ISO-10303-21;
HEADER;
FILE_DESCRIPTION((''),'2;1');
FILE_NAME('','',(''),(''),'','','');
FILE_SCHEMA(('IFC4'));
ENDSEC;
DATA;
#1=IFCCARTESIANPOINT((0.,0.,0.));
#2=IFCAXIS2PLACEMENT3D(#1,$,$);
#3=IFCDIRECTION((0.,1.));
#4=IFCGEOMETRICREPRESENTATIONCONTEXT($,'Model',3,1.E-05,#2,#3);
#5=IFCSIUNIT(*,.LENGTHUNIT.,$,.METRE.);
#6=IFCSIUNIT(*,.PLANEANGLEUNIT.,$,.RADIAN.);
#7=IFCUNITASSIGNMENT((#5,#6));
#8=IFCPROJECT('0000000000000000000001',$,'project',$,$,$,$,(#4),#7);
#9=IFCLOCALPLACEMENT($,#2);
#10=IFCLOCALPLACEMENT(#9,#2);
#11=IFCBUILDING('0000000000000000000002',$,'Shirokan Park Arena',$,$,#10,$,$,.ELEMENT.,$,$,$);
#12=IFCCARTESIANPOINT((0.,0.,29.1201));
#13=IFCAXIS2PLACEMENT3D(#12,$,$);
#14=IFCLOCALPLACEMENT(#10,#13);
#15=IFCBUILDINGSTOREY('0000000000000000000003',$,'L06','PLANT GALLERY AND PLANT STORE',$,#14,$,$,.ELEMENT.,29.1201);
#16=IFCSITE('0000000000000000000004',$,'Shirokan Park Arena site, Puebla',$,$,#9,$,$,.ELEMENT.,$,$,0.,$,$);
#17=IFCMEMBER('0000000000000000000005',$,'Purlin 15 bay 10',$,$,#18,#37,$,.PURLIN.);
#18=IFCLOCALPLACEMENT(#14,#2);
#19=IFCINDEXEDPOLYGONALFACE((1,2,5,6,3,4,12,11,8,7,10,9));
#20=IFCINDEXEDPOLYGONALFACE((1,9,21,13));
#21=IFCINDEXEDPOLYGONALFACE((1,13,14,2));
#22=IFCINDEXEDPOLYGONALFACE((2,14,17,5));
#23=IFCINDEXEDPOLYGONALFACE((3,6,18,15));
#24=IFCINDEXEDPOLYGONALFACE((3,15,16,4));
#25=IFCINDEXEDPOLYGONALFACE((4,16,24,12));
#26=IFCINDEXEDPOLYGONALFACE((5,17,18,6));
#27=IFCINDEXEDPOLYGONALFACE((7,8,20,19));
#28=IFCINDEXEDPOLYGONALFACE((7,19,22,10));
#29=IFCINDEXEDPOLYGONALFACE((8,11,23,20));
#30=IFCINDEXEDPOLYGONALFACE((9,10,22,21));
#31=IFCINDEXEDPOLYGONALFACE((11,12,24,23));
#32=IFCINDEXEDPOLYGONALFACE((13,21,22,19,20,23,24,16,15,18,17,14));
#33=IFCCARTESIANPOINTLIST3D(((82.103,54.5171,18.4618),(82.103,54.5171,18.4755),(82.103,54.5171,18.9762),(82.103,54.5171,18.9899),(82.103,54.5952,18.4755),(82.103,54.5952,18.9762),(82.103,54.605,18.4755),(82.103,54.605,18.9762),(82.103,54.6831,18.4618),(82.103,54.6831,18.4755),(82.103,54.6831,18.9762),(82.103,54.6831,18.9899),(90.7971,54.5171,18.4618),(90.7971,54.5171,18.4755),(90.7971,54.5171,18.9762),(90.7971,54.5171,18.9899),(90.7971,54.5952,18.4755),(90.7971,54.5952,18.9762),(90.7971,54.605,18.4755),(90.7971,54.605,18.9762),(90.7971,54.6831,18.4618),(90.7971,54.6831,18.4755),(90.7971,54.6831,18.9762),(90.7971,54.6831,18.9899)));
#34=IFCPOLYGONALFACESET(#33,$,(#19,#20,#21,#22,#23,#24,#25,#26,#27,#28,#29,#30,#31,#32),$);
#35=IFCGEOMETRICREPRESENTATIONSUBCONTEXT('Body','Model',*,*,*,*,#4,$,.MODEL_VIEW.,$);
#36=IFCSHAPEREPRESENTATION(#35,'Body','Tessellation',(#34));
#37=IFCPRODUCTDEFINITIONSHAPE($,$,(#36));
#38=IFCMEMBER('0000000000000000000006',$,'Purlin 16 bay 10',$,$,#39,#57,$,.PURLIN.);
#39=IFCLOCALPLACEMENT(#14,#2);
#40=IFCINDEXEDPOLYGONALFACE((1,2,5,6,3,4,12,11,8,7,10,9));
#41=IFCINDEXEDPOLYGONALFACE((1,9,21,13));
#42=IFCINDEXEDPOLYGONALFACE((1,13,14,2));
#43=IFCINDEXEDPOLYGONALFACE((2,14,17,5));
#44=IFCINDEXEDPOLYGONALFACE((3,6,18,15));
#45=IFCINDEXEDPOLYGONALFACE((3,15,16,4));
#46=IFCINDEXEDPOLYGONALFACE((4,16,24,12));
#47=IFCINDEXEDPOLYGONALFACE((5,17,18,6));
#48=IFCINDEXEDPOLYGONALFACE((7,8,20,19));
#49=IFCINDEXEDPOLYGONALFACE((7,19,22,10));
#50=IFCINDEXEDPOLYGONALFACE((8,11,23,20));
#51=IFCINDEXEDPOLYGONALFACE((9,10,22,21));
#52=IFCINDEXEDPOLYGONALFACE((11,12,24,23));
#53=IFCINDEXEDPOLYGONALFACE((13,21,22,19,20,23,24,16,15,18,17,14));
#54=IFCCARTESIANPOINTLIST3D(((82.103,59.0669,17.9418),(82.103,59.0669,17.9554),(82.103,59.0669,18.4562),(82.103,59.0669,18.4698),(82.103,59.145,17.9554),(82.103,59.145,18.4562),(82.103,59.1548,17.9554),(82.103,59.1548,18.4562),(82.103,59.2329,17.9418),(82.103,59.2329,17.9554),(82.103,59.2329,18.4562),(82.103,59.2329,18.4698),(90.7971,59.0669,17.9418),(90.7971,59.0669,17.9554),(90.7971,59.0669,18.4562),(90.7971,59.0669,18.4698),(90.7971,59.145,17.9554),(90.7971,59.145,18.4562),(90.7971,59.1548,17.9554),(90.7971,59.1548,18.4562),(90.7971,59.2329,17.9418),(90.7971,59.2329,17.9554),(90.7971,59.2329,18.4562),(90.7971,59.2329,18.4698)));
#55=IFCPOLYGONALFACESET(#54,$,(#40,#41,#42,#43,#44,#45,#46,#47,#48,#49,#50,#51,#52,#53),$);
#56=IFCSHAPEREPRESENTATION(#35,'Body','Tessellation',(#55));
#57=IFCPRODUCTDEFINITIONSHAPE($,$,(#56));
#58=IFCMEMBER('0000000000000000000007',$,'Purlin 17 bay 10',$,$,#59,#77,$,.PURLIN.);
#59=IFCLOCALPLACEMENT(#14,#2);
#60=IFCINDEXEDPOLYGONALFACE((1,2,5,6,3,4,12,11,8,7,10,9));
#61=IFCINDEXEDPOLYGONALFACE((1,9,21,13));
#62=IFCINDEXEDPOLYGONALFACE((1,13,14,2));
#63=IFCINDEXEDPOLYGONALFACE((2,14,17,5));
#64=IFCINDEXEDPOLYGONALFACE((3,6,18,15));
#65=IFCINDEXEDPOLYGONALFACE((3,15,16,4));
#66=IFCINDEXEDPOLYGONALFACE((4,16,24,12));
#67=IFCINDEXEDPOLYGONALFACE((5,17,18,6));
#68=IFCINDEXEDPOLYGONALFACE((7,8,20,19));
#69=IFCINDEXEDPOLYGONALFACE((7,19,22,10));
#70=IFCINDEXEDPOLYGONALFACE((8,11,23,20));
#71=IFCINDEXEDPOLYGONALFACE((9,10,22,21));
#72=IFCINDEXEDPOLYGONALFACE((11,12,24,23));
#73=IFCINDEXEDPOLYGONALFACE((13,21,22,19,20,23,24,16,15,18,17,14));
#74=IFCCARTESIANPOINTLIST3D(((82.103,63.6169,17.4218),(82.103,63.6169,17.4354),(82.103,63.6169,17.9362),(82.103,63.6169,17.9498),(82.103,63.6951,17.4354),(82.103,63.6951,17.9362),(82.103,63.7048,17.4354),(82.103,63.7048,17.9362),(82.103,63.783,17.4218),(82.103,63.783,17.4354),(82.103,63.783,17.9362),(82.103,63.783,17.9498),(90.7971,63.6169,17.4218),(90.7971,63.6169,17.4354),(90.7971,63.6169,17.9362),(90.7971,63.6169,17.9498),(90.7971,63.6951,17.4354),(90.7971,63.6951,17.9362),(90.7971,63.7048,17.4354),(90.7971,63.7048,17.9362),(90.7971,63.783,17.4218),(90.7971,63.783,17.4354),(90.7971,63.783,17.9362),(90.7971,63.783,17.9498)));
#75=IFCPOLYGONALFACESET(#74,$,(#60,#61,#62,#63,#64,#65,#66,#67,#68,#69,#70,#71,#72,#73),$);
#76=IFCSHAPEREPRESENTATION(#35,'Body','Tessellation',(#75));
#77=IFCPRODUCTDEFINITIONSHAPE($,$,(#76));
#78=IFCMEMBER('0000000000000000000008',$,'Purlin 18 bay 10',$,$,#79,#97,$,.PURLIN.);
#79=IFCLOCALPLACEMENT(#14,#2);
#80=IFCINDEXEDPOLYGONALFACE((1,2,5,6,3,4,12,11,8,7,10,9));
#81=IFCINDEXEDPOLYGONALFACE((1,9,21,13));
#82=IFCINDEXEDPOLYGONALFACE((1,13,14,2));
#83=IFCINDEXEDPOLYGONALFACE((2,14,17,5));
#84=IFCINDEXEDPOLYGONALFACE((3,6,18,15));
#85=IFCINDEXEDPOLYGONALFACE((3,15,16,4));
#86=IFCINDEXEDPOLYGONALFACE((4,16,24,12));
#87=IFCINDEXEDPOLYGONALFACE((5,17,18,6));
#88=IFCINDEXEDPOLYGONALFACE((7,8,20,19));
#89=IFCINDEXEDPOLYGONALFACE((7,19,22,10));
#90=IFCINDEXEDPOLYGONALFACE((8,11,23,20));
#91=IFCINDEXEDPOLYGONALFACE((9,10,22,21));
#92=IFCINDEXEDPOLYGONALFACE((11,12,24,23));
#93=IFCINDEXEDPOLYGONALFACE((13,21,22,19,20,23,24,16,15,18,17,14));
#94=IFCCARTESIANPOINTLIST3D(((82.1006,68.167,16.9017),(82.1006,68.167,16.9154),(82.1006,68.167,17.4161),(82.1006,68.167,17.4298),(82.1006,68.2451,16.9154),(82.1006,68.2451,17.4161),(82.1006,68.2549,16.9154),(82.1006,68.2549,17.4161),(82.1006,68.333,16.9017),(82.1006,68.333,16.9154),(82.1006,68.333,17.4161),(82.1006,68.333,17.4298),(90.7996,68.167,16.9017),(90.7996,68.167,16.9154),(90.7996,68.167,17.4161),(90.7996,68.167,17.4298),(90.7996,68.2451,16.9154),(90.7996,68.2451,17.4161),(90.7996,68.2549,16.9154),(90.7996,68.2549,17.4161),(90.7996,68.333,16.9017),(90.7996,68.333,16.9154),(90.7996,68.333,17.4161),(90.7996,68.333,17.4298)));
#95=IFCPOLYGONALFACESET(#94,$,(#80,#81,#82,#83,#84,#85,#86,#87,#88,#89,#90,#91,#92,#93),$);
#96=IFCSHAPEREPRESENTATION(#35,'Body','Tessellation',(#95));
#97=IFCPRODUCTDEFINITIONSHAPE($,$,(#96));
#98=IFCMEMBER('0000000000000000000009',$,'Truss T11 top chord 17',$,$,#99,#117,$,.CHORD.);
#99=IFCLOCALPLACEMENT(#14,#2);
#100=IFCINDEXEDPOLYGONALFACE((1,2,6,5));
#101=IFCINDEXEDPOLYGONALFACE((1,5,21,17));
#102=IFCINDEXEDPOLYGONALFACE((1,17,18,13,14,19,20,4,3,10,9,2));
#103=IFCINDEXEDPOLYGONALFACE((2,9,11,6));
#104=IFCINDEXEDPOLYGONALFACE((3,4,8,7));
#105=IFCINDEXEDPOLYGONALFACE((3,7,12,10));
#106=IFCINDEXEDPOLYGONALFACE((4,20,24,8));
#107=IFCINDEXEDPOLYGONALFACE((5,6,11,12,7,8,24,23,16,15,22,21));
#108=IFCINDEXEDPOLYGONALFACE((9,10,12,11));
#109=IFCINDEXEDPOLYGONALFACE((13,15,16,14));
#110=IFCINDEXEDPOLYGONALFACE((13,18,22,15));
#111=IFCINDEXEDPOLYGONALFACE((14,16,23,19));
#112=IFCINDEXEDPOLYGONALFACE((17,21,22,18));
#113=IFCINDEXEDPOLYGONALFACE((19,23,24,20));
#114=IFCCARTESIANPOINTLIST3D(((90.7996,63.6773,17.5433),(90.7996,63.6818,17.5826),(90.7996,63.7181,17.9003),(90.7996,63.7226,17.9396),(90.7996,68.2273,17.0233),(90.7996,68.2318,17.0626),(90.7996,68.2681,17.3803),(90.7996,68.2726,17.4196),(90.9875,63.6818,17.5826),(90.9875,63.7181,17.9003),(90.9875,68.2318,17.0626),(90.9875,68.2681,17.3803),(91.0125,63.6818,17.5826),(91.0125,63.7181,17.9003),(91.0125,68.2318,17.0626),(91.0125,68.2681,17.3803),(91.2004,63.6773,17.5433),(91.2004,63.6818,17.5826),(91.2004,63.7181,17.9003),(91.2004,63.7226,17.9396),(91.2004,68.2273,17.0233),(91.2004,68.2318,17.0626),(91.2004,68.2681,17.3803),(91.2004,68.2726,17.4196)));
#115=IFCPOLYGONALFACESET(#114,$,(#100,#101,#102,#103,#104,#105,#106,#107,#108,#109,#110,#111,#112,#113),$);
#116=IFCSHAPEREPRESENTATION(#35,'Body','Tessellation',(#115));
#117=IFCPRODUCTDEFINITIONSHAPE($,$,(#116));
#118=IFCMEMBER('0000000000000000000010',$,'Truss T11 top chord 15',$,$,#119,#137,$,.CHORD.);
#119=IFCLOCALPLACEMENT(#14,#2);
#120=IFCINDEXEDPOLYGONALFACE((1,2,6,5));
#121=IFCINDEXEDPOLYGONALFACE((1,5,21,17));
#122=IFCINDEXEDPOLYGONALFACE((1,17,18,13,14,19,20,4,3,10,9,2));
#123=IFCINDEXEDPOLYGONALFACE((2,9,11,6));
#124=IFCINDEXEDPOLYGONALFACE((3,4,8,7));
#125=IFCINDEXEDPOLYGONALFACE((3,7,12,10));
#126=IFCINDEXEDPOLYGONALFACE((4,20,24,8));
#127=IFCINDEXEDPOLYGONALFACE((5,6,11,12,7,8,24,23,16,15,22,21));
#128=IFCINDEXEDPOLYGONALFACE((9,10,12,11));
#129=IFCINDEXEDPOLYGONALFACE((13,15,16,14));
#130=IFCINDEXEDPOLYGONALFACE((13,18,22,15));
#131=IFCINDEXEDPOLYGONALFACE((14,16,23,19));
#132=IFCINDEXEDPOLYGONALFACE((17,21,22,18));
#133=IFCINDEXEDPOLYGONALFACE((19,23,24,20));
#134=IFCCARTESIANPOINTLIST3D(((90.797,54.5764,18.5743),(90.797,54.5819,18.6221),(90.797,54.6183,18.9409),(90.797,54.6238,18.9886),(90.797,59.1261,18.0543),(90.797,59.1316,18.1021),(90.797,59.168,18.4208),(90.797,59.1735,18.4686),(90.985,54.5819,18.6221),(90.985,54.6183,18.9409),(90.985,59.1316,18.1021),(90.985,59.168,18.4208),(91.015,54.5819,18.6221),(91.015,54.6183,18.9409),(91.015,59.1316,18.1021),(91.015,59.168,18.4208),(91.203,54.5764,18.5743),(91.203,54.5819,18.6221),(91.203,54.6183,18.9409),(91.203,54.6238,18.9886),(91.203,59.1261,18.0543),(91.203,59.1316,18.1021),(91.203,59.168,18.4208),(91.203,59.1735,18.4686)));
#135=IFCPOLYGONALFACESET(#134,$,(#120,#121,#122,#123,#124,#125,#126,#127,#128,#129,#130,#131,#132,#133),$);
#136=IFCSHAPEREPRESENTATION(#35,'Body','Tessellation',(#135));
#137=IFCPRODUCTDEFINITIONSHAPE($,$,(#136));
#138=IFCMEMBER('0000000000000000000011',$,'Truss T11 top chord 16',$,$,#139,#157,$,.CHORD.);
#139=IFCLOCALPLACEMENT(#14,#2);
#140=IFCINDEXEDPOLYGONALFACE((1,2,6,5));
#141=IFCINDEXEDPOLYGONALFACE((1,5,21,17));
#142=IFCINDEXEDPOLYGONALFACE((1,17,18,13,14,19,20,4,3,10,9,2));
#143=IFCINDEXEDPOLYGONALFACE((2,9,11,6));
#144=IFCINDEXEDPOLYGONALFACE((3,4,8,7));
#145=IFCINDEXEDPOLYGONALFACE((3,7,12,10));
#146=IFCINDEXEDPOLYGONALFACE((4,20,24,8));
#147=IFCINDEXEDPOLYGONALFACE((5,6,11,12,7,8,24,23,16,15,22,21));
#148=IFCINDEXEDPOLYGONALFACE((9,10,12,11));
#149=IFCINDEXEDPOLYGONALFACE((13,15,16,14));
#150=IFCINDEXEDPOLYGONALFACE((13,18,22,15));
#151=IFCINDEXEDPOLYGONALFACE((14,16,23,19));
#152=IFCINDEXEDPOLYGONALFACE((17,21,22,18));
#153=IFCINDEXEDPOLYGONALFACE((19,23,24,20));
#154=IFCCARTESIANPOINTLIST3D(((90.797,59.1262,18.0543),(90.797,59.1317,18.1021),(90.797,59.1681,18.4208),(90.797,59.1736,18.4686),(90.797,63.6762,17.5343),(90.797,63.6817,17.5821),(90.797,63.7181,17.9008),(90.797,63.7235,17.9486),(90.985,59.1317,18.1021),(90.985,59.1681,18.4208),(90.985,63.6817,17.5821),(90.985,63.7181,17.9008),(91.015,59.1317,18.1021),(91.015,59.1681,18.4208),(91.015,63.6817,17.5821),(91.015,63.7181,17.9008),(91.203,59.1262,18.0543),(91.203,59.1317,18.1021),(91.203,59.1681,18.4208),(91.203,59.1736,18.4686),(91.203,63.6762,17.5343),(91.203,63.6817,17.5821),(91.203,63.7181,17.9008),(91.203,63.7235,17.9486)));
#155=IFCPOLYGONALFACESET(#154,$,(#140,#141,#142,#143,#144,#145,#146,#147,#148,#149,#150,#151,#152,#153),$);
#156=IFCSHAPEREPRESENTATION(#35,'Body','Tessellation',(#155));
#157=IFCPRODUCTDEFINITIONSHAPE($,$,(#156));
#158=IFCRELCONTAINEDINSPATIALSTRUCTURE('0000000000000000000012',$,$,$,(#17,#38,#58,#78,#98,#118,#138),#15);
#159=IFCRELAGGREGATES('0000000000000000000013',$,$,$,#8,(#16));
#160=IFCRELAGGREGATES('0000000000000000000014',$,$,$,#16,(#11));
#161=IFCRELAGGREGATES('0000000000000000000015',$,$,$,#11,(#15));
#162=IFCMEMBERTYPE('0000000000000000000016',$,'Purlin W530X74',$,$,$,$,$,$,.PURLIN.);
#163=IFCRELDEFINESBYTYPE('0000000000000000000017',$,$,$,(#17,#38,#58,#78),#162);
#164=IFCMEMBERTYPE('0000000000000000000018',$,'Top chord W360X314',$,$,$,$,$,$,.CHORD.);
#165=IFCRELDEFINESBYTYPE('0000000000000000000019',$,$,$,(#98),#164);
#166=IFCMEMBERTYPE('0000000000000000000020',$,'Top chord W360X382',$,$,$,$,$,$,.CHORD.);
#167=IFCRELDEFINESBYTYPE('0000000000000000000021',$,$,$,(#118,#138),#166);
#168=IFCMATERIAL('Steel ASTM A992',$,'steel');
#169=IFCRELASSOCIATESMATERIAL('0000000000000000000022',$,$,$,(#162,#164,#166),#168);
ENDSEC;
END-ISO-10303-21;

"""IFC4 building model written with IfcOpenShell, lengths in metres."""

from ifc_helpers import new_model, si_unit, direction, frame, origin, origin_2d, place, context, subcontext, project, spatial, i_section, extrude, material, material_profile, profile_set, type_object, element, save


model = new_model("IFC4")

# Units and contexts
model_context = context("Model", 3, precision=1e-05, world=origin(), true_north=direction((0.0, 1.0)))
body_context = subcontext(model_context, "Body", "Model", "MODEL_VIEW")
ifc_project = project(units=[si_unit("LENGTHUNIT", "METRE"), si_unit("PLANEANGLEUNIT", "RADIAN")], contexts=[model_context])

# Site, building, storey
site_placement = place(None, origin())
site = spatial("IfcSite", under=ifc_project, at=site_placement, Name="Shirokan Park Arena site, Puebla", CompositionType="ELEMENT", RefElevation=0.0)
building_placement = place(site_placement, origin())
building = spatial("IfcBuilding", under=site, at=building_placement, Name="Shirokan Park Arena", CompositionType="ELEMENT")
storey_placement = place(building_placement, frame((0.0, 0.0, 29.1201)))
storey = spatial("IfcBuildingStorey", under=building, at=storey_placement, Name="L06", Description="PLANT GALLERY AND PLANT STORE", CompositionType="ELEMENT", Elevation=29.1201)

# Members
ifc_material_1 = material(Name="Steel ASTM A992", Category="steel")
ifc_material_profile_1 = material_profile(ifc_material_1, i_section(OverallWidth=0.166, OverallDepth=0.5281, WebThickness=0.0098, FlangeThickness=0.0137, at=origin_2d()), Name="W530X74")
ifc_profile_set_1 = profile_set([ifc_material_profile_1], Name="Steel ASTM A992")
member_type_1 = type_object("IfcMemberType", Name="Purlin W530X74", PredefinedType="PURLIN", material=ifc_profile_set_1)
for number, where, z_axis, x_axis, name in (
    (1, (82.103, 54.6001, 18.7258), (1.0, 0.0, 0.0), (0.0, 1.0, 0.0), "Purlin 15 bay 10"),
    (2, (82.103, 59.1499, 18.2058), (1.0, 0.0, 0.0), (0.0, 1.0, 0.0), "Purlin 16 bay 10"),
    (3, (82.103, 63.7, 17.6858), (1.0, 0.0, 0.0), (0.0, 1.0, 0.0), "Purlin 17 bay 10"),
):
    element("IfcMember", number, at=place(storey_placement, frame(where, z_axis=z_axis, x_axis=x_axis)), inside=storey, type_object=member_type_1, Name=name, PredefinedType="PURLIN", context=body_context, shape_type="SweptSolid", body=[
        extrude(i_section(OverallWidth=0.166, OverallDepth=0.5281, WebThickness=0.0098, FlangeThickness=0.0137, at=origin_2d()), origin(), (0.0, 0.0, 1.0), 8.6941),
    ])
member_1_placement = place(storey_placement, frame((82.1006, 68.25, 17.1658), z_axis=(1.0, 0.0, 0.0), x_axis=(0.0, 1.0, 0.0)))
element("IfcMember", 4, at=member_1_placement, inside=storey, type_object=member_type_1, Name="Purlin 18 bay 10", PredefinedType="PURLIN", context=body_context, shape_type="SweptSolid", body=[
    extrude(i_section(OverallWidth=0.166, OverallDepth=0.5281, WebThickness=0.0098, FlangeThickness=0.0137, at=origin_2d()), origin(), (0.0, 0.0, 1.0), 8.699),
])
ifc_material_profile_2 = material_profile(ifc_material_1, i_section(OverallWidth=0.4009, OverallDepth=0.3989, WebThickness=0.0249, FlangeThickness=0.0396, at=origin_2d()), Name="W360X314")
ifc_profile_set_2 = profile_set([ifc_material_profile_2], Name="Steel ASTM A992")
member_type_2 = type_object("IfcMemberType", Name="Top chord W360X314", PredefinedType="CHORD", material=ifc_profile_set_2)
member_2_placement = place(storey_placement, frame((91.0, 63.7, 17.7415), z_axis=(0.0, 0.993532, -0.11355), x_axis=(-1.0, 0.0, 0.0)))
element("IfcMember", 5, at=member_2_placement, inside=storey, type_object=member_type_2, Name="Truss T11 top chord 17", PredefinedType="CHORD", context=body_context, shape_type="SweptSolid", body=[
    extrude(i_section(OverallWidth=0.4009, OverallDepth=0.3989, WebThickness=0.0249, FlangeThickness=0.0396, at=origin_2d()), origin(), (0.0, 0.0, 1.0), 4.5796),
])
ifc_material_profile_3 = material_profile(ifc_material_1, i_section(OverallWidth=0.406, OverallDepth=0.417, WebThickness=0.03, FlangeThickness=0.0481, at=origin_2d()), Name="W360X382")
ifc_profile_set_3 = profile_set([ifc_material_profile_3], Name="Steel ASTM A992")
member_type_3 = type_object("IfcMemberType", Name="Top chord W360X382", PredefinedType="CHORD", material=ifc_profile_set_3)
member_3_placement = place(storey_placement, frame((91.0, 54.6001, 18.7815), z_axis=(0.0, 0.993532, -0.113556), x_axis=(-1.0, 0.0, 0.0)))
element("IfcMember", 6, at=member_3_placement, inside=storey, type_object=member_type_3, Name="Truss T11 top chord 15", PredefinedType="CHORD", context=body_context, shape_type="SweptSolid", body=[
    extrude(i_section(OverallWidth=0.406, OverallDepth=0.417, WebThickness=0.03, FlangeThickness=0.0481, at=origin_2d()), origin(), (0.0, 0.0, 1.0), 4.5793),
])
member_4_placement = place(storey_placement, frame((91.0, 59.1499, 18.2615), z_axis=(0.0, 0.993532, -0.11355), x_axis=(-1.0, 0.0, 0.0)))
element("IfcMember", 7, at=member_4_placement, inside=storey, type_object=member_type_3, Name="Truss T11 top chord 16", PredefinedType="CHORD", context=body_context, shape_type="SweptSolid", body=[
    extrude(i_section(OverallWidth=0.406, OverallDepth=0.417, WebThickness=0.03, FlangeThickness=0.0481, at=origin_2d()), origin(), (0.0, 0.0, 1.0), 4.5796),
])

save(model, "model.ifc")
